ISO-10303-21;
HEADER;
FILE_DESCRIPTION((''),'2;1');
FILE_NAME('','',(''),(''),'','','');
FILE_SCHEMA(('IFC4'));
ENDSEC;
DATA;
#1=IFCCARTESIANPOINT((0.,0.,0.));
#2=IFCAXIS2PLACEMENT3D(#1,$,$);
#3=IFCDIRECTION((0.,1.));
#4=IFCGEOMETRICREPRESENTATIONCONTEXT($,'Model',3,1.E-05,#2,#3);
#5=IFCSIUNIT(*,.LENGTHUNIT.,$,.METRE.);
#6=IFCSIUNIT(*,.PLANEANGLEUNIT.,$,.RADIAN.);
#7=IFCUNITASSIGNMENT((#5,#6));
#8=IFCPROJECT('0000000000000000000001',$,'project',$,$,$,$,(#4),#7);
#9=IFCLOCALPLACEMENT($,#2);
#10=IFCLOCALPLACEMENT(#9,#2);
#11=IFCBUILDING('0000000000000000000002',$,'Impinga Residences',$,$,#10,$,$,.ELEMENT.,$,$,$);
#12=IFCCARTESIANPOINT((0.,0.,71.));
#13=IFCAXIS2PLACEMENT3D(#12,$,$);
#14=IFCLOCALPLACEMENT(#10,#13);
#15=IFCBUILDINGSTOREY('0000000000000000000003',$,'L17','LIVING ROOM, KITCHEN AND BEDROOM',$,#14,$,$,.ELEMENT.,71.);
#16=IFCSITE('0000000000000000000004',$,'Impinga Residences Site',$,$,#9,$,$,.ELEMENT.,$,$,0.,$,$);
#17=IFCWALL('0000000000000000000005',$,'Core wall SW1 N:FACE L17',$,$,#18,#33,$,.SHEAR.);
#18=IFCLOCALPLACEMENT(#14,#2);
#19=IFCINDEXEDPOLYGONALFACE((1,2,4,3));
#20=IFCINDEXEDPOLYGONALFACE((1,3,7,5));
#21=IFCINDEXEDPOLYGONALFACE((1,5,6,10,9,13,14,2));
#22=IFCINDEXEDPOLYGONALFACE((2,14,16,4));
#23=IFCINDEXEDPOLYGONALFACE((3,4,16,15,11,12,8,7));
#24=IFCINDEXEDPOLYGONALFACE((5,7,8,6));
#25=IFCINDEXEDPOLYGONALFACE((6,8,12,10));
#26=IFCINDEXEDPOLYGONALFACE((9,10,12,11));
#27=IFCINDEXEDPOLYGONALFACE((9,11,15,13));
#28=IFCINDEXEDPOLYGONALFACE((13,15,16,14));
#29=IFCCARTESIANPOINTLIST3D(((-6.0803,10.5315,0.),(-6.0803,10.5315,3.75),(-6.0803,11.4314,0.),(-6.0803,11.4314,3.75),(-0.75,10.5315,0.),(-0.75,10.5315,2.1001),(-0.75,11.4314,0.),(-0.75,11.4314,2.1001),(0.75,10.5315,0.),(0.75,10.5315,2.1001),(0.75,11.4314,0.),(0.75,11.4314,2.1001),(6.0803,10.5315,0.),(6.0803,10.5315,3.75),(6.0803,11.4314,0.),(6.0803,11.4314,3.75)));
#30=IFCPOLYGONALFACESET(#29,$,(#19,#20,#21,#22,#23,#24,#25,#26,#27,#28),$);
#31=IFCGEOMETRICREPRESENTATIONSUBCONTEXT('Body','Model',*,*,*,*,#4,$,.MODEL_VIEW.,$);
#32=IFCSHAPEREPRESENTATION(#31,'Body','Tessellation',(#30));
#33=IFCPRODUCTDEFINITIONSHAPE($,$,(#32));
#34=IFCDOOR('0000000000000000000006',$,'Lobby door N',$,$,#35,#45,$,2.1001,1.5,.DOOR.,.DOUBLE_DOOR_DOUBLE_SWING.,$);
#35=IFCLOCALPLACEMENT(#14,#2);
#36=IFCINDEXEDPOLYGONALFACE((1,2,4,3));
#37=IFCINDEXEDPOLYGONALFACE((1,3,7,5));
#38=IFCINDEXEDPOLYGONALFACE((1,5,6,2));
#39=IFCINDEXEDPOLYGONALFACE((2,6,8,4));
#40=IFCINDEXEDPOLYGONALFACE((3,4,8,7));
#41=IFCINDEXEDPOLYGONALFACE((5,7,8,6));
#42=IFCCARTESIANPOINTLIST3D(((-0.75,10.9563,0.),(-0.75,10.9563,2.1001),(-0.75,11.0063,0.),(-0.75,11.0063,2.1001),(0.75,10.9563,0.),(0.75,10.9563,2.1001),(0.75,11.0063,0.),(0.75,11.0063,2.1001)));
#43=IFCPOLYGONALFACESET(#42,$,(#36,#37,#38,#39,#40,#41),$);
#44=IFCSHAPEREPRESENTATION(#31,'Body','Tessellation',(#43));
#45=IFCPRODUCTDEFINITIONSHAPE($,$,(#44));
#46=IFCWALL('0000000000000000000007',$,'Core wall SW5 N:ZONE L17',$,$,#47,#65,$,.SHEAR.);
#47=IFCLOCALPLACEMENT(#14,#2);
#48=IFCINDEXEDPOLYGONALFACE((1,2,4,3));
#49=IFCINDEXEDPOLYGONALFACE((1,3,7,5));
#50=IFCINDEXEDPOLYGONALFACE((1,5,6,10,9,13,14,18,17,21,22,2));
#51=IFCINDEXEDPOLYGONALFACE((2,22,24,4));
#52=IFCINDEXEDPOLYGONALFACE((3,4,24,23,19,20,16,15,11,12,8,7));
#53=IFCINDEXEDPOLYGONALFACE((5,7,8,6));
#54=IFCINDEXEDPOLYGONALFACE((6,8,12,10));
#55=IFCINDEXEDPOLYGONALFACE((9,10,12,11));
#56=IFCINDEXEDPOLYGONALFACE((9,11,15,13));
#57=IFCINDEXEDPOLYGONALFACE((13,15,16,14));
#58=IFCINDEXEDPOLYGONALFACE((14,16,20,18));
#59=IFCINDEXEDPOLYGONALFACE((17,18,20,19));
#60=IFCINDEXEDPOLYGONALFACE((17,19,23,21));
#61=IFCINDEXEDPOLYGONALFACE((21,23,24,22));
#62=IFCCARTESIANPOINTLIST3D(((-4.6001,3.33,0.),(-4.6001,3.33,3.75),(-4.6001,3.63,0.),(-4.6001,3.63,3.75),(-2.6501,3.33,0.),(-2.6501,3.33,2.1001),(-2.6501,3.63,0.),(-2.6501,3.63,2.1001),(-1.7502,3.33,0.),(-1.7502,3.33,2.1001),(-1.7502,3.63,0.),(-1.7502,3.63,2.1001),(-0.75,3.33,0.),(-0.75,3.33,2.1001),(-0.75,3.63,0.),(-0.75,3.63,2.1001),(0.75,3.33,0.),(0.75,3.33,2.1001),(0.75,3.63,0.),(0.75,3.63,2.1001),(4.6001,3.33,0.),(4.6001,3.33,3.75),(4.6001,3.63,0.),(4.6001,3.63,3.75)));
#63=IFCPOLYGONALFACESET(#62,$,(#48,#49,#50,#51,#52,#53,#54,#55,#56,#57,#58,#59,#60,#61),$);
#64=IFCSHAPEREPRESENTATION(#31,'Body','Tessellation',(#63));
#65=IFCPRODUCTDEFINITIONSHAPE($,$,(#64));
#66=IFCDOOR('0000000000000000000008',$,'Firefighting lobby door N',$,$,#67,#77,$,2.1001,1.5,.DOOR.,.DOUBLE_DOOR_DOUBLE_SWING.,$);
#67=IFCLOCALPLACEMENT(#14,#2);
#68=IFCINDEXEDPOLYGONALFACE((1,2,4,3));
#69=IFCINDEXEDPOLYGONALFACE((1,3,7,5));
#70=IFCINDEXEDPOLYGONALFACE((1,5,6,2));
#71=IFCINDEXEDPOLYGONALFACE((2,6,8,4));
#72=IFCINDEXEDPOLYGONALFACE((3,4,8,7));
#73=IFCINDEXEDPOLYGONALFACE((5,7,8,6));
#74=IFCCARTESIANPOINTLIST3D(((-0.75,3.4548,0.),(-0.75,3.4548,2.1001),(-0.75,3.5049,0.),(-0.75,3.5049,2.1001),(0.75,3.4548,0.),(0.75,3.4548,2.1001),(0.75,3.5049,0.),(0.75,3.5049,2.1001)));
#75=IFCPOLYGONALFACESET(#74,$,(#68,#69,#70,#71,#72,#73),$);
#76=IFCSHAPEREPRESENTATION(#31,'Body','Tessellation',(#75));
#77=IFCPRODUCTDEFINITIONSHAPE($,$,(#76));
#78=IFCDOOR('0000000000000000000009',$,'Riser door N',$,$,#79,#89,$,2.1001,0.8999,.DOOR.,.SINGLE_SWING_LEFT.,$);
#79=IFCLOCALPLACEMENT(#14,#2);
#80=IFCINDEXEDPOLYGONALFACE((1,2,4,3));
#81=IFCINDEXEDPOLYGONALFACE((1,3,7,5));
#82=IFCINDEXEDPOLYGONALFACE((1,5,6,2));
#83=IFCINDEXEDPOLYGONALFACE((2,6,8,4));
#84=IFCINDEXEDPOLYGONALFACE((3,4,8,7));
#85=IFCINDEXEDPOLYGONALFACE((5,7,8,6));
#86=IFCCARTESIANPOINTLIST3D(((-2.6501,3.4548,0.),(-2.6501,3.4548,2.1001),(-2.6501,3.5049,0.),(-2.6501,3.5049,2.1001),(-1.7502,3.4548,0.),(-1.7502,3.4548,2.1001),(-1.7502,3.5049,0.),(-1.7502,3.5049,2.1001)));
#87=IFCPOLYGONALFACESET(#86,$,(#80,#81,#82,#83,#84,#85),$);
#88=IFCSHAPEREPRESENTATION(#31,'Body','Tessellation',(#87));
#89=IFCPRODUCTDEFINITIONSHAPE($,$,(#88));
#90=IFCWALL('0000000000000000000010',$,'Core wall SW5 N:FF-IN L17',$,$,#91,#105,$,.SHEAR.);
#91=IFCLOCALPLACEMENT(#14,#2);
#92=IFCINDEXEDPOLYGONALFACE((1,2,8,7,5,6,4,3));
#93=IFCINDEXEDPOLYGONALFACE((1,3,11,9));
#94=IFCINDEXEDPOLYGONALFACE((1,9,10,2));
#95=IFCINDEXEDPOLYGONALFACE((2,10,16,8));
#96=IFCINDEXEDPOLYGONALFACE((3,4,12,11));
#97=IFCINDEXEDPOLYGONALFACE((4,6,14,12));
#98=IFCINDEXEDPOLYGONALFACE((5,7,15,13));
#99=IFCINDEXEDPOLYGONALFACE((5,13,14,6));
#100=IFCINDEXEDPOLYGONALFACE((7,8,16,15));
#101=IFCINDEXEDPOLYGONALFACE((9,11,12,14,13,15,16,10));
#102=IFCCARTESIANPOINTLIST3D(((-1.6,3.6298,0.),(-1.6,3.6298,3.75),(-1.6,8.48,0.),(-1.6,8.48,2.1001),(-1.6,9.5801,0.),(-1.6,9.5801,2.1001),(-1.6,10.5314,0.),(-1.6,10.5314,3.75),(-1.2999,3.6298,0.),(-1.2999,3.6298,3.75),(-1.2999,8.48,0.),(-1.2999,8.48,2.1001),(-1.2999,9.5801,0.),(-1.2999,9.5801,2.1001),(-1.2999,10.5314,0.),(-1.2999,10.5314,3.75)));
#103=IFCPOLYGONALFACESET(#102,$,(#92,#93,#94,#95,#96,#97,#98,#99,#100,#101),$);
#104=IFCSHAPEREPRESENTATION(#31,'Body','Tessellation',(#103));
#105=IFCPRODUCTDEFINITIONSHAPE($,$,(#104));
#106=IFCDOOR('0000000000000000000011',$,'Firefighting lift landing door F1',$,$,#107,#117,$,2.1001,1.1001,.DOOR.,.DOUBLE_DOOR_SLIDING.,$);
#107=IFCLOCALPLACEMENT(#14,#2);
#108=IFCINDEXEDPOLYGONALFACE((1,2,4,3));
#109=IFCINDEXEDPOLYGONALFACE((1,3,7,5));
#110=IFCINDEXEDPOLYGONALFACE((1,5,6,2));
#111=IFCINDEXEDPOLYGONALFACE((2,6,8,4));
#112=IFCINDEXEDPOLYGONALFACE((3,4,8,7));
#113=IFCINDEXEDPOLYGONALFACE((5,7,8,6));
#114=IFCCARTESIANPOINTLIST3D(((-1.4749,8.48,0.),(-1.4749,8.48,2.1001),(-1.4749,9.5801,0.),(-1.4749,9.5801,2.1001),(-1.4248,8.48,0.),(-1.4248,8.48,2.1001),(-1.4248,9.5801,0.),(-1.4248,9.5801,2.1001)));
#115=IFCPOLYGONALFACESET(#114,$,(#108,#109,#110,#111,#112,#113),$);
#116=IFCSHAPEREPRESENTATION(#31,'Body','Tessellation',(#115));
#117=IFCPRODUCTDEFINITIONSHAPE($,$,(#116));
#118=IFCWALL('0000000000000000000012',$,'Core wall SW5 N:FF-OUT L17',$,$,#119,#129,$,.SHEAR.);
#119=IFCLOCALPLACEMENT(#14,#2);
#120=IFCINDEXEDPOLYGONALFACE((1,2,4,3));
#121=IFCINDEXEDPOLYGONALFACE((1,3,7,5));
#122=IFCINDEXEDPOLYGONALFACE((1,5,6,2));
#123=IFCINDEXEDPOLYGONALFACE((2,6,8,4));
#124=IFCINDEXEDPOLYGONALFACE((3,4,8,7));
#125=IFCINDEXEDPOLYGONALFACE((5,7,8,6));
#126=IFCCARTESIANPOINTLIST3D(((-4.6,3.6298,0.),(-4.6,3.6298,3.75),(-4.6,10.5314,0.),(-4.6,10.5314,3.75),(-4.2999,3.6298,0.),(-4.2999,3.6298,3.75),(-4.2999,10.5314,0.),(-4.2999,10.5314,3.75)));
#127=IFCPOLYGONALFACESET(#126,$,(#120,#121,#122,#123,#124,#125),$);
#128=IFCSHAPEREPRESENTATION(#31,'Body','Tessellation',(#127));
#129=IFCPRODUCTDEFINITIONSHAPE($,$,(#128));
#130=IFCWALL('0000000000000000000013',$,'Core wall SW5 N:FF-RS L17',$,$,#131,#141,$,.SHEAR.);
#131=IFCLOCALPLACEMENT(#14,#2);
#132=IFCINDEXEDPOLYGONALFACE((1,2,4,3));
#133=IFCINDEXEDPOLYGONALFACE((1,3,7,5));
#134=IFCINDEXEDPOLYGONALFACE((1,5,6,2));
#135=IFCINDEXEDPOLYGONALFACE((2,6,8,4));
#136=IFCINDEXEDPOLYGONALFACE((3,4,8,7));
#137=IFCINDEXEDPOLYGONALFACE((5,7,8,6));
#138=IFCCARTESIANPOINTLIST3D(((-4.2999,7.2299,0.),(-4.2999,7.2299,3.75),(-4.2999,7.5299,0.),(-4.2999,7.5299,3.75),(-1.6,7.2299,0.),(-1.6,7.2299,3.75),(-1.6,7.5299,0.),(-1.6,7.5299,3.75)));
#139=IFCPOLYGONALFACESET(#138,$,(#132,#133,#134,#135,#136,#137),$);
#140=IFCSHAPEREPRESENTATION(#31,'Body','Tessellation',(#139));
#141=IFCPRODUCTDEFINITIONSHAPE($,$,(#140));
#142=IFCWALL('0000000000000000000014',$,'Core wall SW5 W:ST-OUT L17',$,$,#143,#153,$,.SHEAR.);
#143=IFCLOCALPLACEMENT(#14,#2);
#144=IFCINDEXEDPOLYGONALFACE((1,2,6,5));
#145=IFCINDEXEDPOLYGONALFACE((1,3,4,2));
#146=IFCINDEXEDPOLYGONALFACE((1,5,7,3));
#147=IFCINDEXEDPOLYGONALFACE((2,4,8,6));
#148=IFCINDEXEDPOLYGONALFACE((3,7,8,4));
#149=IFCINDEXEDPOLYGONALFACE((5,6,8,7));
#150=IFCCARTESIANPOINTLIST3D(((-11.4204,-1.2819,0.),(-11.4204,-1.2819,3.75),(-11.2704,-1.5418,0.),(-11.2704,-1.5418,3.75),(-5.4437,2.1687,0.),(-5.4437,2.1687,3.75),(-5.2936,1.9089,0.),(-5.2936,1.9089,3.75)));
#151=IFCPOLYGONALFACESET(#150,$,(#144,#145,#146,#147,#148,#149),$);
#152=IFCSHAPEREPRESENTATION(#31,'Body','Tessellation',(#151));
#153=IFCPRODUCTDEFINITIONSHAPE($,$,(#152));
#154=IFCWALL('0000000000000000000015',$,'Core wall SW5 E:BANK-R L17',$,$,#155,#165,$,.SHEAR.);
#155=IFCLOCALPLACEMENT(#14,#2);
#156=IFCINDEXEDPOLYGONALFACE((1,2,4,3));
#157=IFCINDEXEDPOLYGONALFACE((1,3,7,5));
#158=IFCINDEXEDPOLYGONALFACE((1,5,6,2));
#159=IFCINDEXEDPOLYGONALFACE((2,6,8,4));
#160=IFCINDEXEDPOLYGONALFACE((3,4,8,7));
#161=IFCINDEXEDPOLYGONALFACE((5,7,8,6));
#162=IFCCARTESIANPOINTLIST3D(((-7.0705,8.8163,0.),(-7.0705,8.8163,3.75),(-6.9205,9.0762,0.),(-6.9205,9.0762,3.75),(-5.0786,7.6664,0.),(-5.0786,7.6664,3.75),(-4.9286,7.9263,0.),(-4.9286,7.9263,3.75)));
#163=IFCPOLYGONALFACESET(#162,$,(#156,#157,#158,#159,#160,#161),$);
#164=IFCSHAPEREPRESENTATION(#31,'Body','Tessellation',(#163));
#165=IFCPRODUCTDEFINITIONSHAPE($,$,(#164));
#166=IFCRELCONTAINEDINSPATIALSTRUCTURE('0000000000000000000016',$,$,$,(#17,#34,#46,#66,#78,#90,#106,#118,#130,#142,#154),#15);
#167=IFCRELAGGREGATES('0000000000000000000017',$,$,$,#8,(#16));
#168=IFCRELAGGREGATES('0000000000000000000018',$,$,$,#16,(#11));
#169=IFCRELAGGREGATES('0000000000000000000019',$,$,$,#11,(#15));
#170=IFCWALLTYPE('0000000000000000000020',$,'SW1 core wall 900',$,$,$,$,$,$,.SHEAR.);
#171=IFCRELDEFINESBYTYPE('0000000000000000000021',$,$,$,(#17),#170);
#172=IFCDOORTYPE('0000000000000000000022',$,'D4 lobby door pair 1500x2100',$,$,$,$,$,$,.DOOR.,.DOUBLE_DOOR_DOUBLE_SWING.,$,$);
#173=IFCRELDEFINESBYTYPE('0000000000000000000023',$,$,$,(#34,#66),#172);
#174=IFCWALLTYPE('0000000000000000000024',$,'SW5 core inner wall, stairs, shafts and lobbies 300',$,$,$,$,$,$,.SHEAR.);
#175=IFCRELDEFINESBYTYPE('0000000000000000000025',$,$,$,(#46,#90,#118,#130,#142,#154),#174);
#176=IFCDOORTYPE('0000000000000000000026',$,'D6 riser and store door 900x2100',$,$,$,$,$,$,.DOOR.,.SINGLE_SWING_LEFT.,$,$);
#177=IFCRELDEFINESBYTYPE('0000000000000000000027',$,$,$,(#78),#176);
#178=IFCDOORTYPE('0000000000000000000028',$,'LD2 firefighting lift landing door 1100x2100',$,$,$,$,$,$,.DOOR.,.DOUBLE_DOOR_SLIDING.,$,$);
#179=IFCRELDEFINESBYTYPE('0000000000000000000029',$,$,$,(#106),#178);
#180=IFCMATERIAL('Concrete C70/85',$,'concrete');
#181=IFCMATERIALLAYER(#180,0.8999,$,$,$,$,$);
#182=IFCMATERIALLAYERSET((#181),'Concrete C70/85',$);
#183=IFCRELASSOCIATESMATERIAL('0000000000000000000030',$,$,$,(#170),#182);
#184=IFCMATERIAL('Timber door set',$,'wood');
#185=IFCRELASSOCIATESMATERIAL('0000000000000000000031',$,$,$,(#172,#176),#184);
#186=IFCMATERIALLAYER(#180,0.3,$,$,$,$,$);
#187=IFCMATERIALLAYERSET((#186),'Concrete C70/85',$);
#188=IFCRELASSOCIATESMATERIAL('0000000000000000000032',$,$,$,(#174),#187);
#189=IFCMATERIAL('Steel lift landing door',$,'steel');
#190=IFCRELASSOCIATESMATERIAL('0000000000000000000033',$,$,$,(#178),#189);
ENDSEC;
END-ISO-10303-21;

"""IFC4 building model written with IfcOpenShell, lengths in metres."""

from ifc_helpers import new_model, si_unit, direction, frame, frame_2d, origin, place, context, subcontext, project, spatial, rectangle, extrude, material, layer, layer_set, type_object, element, fill, save


model = new_model("IFC4")

# Units and contexts
model_context = context("Model", 3, precision=1e-05, world=origin(), true_north=direction((0.0, 1.0)))
body_context = subcontext(model_context, "Body", "Model", "MODEL_VIEW")
ifc_project = project(units=[si_unit("LENGTHUNIT", "METRE"), si_unit("PLANEANGLEUNIT", "RADIAN")], contexts=[model_context])

# Site, building, storey
site_placement = place(None, origin())
site = spatial("IfcSite", under=ifc_project, at=site_placement, Name="Impinga Residences Site", CompositionType="ELEMENT", RefElevation=0.0)
building_placement = place(site_placement, origin())
building = spatial("IfcBuilding", under=site, at=building_placement, Name="Impinga Residences", CompositionType="ELEMENT")
storey_placement = place(building_placement, frame((0.0, 0.0, 71.0)))
storey = spatial("IfcBuildingStorey", under=building, at=storey_placement, Name="L17", Description="LIVING ROOM, KITCHEN AND BEDROOM", CompositionType="ELEMENT", Elevation=71.0)

# Shared definitions
ifc_material_1 = material(Name="Concrete C70/85", Category="concrete")
ifc_material_2 = material(Name="Timber door set", Category="wood")

# Wall, opening, door
ifc_layer_1 = layer(ifc_material_1, 0.8999)
ifc_layer_set_1 = layer_set([ifc_layer_1], Name="Concrete C70/85")
wall_type_1 = type_object("IfcWallType", Name="SW1 core wall 900", PredefinedType="SHEAR", material=ifc_layer_set_1)
wall_1_placement = place(storey_placement, frame((-6.0803, 10.9814, 0.0), z_axis=(0.0, 0.0, 1.0), x_axis=(1.0, 0.0, 0.0)))
wall_1 = element("IfcWall", 1, at=wall_1_placement, inside=storey, type_object=wall_type_1, Name="Core wall SW1 N:FACE L17", PredefinedType="SHEAR", context=body_context, shape_type="SweptSolid", body=[
    extrude(rectangle(XDim=12.1606, YDim=0.8999, at=frame_2d((6.0803, 0.0))), origin(), (0.0, 0.0, 1.0), 3.75),
])
opening_1_placement = place(wall_1_placement, frame((5.3303, 0.0, 0.0)))
opening_1 = element("IfcOpeningElement", 2, at=opening_1_placement, cuts=wall_1, PredefinedType="OPENING", context=body_context, shape_type="SweptSolid", body=[
    extrude(rectangle(XDim=1.5, YDim=2.1001, at=frame_2d((0.75, 1.05))), frame((0.0, 0.46, 0.0), z_axis=(0.0, -1.0, 0.0), x_axis=(1.0, 0.0, 0.0)), (0.0, 0.0, 1.0), 0.9199),
])
door_type_1 = type_object("IfcDoorType", Name="D4 lobby door pair 1500x2100", OperationType="DOUBLE_DOOR_DOUBLE_SWING", PredefinedType="DOOR", material=ifc_material_2)
door_1_placement = place(opening_1_placement, origin())
door_1 = element("IfcDoor", 3, at=door_1_placement, inside=storey, type_object=door_type_1, Name="Lobby door N", OperationType="DOUBLE_DOOR_DOUBLE_SWING", OverallHeight=2.1001, OverallWidth=1.5, PredefinedType="DOOR", context=body_context, shape_type="SweptSolid", body=[
    extrude(rectangle(XDim=1.5, YDim=2.1001, at=frame_2d((0.75, 1.05))), frame((0.0, 0.0249, 0.0), z_axis=(0.0, -1.0, 0.0), x_axis=(1.0, 0.0, 0.0)), (0.0, 0.0, 1.0), 0.05),
])
fill(opening_1, door_1)

# Wall, openings, doors
ifc_layer_2 = layer(ifc_material_1, 0.3)
ifc_layer_set_2 = layer_set([ifc_layer_2], Name="Concrete C70/85")
wall_type_2 = type_object("IfcWallType", Name="SW5 core inner wall, stairs, shafts and lobbies 300", PredefinedType="SHEAR", material=ifc_layer_set_2)
wall_2_placement = place(storey_placement, frame((-4.6001, 3.48, 0.0), z_axis=(0.0, 0.0, 1.0), x_axis=(1.0, 0.0, 0.0)))
wall_2 = element("IfcWall", 4, at=wall_2_placement, inside=storey, type_object=wall_type_2, Name="Core wall SW5 N:ZONE L17", PredefinedType="SHEAR", context=body_context, shape_type="SweptSolid", body=[
    extrude(rectangle(XDim=9.2002, YDim=0.3, at=frame_2d((4.6001, 0.0))), origin(), (0.0, 0.0, 1.0), 3.75),
])
opening_2_placement = place(wall_2_placement, frame((3.8501, 0.0, 0.0)))
opening_2 = element("IfcOpeningElement", 5, at=opening_2_placement, cuts=wall_2, PredefinedType="OPENING", context=body_context, shape_type="SweptSolid", body=[
    extrude(rectangle(XDim=1.5, YDim=2.1001, at=frame_2d((0.75, 1.05))), frame((0.0, 0.1599, 0.0), z_axis=(0.0, -1.0, 0.0), x_axis=(1.0, 0.0, 0.0)), (0.0, 0.0, 1.0), 0.3201),
])
opening_3_placement = place(wall_2_placement, frame((1.95, 0.0, 0.0)))
opening_3 = element("IfcOpeningElement", 6, at=opening_3_placement, cuts=wall_2, PredefinedType="OPENING", context=body_context, shape_type="SweptSolid", body=[
    extrude(rectangle(XDim=0.8999, YDim=2.1001, at=frame_2d((0.45, 1.05))), frame((0.0, 0.1599, 0.0), z_axis=(0.0, -1.0, 0.0), x_axis=(1.0, 0.0, 0.0)), (0.0, 0.0, 1.0), 0.3201),
])
door_2_placement = place(opening_2_placement, origin())
door_2 = element("IfcDoor", 7, at=door_2_placement, inside=storey, type_object=door_type_1, Name="Firefighting lobby door N", OperationType="DOUBLE_DOOR_DOUBLE_SWING", OverallHeight=2.1001, OverallWidth=1.5, PredefinedType="DOOR", context=body_context, shape_type="SweptSolid", body=[
    extrude(rectangle(XDim=1.5, YDim=2.1001, at=frame_2d((0.75, 1.05))), frame((0.0, 0.0249, 0.0), z_axis=(0.0, -1.0, 0.0), x_axis=(1.0, 0.0, 0.0)), (0.0, 0.0, 1.0), 0.05),
])
fill(opening_2, door_2)
door_type_2 = type_object("IfcDoorType", Name="D6 riser and store door 900x2100", OperationType="SINGLE_SWING_LEFT", PredefinedType="DOOR", material=ifc_material_2)
door_3_placement = place(opening_3_placement, origin())
door_3 = element("IfcDoor", 8, at=door_3_placement, inside=storey, type_object=door_type_2, Name="Riser door N", OperationType="SINGLE_SWING_LEFT", OverallHeight=2.1001, OverallWidth=0.8999, PredefinedType="DOOR", context=body_context, shape_type="SweptSolid", body=[
    extrude(rectangle(XDim=0.8999, YDim=2.1001, at=frame_2d((0.45, 1.05))), frame((0.0, 0.0249, 0.0), z_axis=(0.0, -1.0, 0.0), x_axis=(1.0, 0.0, 0.0)), (0.0, 0.0, 1.0), 0.05),
])
fill(opening_3, door_3)

# Wall, opening, door
wall_3_placement = place(storey_placement, frame((-1.45, 3.6299, 0.0), z_axis=(0.0, 0.0, 1.0), x_axis=(0.0, 1.0, 0.0)))
wall_3 = element("IfcWall", 9, at=wall_3_placement, inside=storey, type_object=wall_type_2, Name="Core wall SW5 N:FF-IN L17", PredefinedType="SHEAR", context=body_context, shape_type="SweptSolid", body=[
    extrude(rectangle(XDim=6.9016, YDim=0.3, at=frame_2d((3.4507, 0.0))), origin(), (0.0, 0.0, 1.0), 3.75),
])
opening_4_placement = place(wall_3_placement, frame((4.8501, 0.0, 0.0)))
opening_4 = element("IfcOpeningElement", 10, at=opening_4_placement, cuts=wall_3, PredefinedType="OPENING", context=body_context, shape_type="SweptSolid", body=[
    extrude(rectangle(XDim=1.1001, YDim=2.1001, at=frame_2d((0.55, 1.05))), frame((0.0, 0.1599, 0.0), z_axis=(0.0, -1.0, 0.0), x_axis=(1.0, 0.0, 0.0)), (0.0, 0.0, 1.0), 0.3201),
])
ifc_material_3 = material(Name="Steel lift landing door", Category="steel")
door_type_3 = type_object("IfcDoorType", Name="LD2 firefighting lift landing door 1100x2100", OperationType="DOUBLE_DOOR_SLIDING", PredefinedType="DOOR", material=ifc_material_3)
door_4_placement = place(opening_4_placement, origin())
door_4 = element("IfcDoor", 11, at=door_4_placement, inside=storey, type_object=door_type_3, Name="Firefighting lift landing door F1", OperationType="DOUBLE_DOOR_SLIDING", OverallHeight=2.1001, OverallWidth=1.1001, PredefinedType="DOOR", context=body_context, shape_type="SweptSolid", body=[
    extrude(rectangle(XDim=1.1001, YDim=2.1001, at=frame_2d((0.55, 1.05))), frame((0.0, 0.0249, 0.0), z_axis=(0.0, -1.0, 0.0), x_axis=(1.0, 0.0, 0.0)), (0.0, 0.0, 1.0), 0.05),
])
fill(opening_4, door_4)

# Walls
wall_4_placement = place(storey_placement, frame((-4.45, 3.6299, 0.0), z_axis=(0.0, 0.0, 1.0), x_axis=(0.0, 1.0, 0.0)))
element("IfcWall", 12, at=wall_4_placement, inside=storey, type_object=wall_type_2, Name="Core wall SW5 N:FF-OUT L17", PredefinedType="SHEAR", context=body_context, shape_type="SweptSolid", body=[
    extrude(rectangle(XDim=6.9016, YDim=0.3, at=frame_2d((3.4507, 0.0))), origin(), (0.0, 0.0, 1.0), 3.75),
])
wall_5_placement = place(storey_placement, frame((-4.3, 7.3799, 0.0), z_axis=(0.0, 0.0, 1.0), x_axis=(1.0, 0.0, 0.0)))
element("IfcWall", 13, at=wall_5_placement, inside=storey, type_object=wall_type_2, Name="Core wall SW5 N:FF-RS L17", PredefinedType="SHEAR", context=body_context, shape_type="SweptSolid", body=[
    extrude(rectangle(XDim=2.7, YDim=0.3, at=frame_2d((1.3501, 0.0))), origin(), (0.0, 0.0, 1.0), 3.75),
])
wall_6_placement = place(storey_placement, frame((-5.3687, 2.0388, 0.0), z_axis=(0.0, 0.0, 1.0), x_axis=(-0.866027, -0.499997, 0.0)))
element("IfcWall", 14, at=wall_6_placement, inside=storey, type_object=wall_type_2, Name="Core wall SW5 W:ST-OUT L17", PredefinedType="SHEAR", context=body_context, shape_type="SweptSolid", body=[
    extrude(rectangle(XDim=6.9014, YDim=0.3, at=frame_2d((3.4507, 0.0))), origin(), (0.0, 0.0, 1.0), 3.75),
])
wall_7_placement = place(storey_placement, frame((-5.0037, 7.7964, 0.0), z_axis=(0.0, 0.0, 1.0), x_axis=(-0.866053, 0.499952, 0.0)))
element("IfcWall", 15, at=wall_7_placement, inside=storey, type_object=wall_type_2, Name="Core wall SW5 E:BANK-R L17", PredefinedType="SHEAR", context=body_context, shape_type="SweptSolid", body=[
    extrude(rectangle(XDim=2.3, YDim=0.3, at=frame_2d((1.1499, 0.0))), origin(), (0.0, 0.0, 1.0), 3.75),
])

save(model, "model.ifc")
